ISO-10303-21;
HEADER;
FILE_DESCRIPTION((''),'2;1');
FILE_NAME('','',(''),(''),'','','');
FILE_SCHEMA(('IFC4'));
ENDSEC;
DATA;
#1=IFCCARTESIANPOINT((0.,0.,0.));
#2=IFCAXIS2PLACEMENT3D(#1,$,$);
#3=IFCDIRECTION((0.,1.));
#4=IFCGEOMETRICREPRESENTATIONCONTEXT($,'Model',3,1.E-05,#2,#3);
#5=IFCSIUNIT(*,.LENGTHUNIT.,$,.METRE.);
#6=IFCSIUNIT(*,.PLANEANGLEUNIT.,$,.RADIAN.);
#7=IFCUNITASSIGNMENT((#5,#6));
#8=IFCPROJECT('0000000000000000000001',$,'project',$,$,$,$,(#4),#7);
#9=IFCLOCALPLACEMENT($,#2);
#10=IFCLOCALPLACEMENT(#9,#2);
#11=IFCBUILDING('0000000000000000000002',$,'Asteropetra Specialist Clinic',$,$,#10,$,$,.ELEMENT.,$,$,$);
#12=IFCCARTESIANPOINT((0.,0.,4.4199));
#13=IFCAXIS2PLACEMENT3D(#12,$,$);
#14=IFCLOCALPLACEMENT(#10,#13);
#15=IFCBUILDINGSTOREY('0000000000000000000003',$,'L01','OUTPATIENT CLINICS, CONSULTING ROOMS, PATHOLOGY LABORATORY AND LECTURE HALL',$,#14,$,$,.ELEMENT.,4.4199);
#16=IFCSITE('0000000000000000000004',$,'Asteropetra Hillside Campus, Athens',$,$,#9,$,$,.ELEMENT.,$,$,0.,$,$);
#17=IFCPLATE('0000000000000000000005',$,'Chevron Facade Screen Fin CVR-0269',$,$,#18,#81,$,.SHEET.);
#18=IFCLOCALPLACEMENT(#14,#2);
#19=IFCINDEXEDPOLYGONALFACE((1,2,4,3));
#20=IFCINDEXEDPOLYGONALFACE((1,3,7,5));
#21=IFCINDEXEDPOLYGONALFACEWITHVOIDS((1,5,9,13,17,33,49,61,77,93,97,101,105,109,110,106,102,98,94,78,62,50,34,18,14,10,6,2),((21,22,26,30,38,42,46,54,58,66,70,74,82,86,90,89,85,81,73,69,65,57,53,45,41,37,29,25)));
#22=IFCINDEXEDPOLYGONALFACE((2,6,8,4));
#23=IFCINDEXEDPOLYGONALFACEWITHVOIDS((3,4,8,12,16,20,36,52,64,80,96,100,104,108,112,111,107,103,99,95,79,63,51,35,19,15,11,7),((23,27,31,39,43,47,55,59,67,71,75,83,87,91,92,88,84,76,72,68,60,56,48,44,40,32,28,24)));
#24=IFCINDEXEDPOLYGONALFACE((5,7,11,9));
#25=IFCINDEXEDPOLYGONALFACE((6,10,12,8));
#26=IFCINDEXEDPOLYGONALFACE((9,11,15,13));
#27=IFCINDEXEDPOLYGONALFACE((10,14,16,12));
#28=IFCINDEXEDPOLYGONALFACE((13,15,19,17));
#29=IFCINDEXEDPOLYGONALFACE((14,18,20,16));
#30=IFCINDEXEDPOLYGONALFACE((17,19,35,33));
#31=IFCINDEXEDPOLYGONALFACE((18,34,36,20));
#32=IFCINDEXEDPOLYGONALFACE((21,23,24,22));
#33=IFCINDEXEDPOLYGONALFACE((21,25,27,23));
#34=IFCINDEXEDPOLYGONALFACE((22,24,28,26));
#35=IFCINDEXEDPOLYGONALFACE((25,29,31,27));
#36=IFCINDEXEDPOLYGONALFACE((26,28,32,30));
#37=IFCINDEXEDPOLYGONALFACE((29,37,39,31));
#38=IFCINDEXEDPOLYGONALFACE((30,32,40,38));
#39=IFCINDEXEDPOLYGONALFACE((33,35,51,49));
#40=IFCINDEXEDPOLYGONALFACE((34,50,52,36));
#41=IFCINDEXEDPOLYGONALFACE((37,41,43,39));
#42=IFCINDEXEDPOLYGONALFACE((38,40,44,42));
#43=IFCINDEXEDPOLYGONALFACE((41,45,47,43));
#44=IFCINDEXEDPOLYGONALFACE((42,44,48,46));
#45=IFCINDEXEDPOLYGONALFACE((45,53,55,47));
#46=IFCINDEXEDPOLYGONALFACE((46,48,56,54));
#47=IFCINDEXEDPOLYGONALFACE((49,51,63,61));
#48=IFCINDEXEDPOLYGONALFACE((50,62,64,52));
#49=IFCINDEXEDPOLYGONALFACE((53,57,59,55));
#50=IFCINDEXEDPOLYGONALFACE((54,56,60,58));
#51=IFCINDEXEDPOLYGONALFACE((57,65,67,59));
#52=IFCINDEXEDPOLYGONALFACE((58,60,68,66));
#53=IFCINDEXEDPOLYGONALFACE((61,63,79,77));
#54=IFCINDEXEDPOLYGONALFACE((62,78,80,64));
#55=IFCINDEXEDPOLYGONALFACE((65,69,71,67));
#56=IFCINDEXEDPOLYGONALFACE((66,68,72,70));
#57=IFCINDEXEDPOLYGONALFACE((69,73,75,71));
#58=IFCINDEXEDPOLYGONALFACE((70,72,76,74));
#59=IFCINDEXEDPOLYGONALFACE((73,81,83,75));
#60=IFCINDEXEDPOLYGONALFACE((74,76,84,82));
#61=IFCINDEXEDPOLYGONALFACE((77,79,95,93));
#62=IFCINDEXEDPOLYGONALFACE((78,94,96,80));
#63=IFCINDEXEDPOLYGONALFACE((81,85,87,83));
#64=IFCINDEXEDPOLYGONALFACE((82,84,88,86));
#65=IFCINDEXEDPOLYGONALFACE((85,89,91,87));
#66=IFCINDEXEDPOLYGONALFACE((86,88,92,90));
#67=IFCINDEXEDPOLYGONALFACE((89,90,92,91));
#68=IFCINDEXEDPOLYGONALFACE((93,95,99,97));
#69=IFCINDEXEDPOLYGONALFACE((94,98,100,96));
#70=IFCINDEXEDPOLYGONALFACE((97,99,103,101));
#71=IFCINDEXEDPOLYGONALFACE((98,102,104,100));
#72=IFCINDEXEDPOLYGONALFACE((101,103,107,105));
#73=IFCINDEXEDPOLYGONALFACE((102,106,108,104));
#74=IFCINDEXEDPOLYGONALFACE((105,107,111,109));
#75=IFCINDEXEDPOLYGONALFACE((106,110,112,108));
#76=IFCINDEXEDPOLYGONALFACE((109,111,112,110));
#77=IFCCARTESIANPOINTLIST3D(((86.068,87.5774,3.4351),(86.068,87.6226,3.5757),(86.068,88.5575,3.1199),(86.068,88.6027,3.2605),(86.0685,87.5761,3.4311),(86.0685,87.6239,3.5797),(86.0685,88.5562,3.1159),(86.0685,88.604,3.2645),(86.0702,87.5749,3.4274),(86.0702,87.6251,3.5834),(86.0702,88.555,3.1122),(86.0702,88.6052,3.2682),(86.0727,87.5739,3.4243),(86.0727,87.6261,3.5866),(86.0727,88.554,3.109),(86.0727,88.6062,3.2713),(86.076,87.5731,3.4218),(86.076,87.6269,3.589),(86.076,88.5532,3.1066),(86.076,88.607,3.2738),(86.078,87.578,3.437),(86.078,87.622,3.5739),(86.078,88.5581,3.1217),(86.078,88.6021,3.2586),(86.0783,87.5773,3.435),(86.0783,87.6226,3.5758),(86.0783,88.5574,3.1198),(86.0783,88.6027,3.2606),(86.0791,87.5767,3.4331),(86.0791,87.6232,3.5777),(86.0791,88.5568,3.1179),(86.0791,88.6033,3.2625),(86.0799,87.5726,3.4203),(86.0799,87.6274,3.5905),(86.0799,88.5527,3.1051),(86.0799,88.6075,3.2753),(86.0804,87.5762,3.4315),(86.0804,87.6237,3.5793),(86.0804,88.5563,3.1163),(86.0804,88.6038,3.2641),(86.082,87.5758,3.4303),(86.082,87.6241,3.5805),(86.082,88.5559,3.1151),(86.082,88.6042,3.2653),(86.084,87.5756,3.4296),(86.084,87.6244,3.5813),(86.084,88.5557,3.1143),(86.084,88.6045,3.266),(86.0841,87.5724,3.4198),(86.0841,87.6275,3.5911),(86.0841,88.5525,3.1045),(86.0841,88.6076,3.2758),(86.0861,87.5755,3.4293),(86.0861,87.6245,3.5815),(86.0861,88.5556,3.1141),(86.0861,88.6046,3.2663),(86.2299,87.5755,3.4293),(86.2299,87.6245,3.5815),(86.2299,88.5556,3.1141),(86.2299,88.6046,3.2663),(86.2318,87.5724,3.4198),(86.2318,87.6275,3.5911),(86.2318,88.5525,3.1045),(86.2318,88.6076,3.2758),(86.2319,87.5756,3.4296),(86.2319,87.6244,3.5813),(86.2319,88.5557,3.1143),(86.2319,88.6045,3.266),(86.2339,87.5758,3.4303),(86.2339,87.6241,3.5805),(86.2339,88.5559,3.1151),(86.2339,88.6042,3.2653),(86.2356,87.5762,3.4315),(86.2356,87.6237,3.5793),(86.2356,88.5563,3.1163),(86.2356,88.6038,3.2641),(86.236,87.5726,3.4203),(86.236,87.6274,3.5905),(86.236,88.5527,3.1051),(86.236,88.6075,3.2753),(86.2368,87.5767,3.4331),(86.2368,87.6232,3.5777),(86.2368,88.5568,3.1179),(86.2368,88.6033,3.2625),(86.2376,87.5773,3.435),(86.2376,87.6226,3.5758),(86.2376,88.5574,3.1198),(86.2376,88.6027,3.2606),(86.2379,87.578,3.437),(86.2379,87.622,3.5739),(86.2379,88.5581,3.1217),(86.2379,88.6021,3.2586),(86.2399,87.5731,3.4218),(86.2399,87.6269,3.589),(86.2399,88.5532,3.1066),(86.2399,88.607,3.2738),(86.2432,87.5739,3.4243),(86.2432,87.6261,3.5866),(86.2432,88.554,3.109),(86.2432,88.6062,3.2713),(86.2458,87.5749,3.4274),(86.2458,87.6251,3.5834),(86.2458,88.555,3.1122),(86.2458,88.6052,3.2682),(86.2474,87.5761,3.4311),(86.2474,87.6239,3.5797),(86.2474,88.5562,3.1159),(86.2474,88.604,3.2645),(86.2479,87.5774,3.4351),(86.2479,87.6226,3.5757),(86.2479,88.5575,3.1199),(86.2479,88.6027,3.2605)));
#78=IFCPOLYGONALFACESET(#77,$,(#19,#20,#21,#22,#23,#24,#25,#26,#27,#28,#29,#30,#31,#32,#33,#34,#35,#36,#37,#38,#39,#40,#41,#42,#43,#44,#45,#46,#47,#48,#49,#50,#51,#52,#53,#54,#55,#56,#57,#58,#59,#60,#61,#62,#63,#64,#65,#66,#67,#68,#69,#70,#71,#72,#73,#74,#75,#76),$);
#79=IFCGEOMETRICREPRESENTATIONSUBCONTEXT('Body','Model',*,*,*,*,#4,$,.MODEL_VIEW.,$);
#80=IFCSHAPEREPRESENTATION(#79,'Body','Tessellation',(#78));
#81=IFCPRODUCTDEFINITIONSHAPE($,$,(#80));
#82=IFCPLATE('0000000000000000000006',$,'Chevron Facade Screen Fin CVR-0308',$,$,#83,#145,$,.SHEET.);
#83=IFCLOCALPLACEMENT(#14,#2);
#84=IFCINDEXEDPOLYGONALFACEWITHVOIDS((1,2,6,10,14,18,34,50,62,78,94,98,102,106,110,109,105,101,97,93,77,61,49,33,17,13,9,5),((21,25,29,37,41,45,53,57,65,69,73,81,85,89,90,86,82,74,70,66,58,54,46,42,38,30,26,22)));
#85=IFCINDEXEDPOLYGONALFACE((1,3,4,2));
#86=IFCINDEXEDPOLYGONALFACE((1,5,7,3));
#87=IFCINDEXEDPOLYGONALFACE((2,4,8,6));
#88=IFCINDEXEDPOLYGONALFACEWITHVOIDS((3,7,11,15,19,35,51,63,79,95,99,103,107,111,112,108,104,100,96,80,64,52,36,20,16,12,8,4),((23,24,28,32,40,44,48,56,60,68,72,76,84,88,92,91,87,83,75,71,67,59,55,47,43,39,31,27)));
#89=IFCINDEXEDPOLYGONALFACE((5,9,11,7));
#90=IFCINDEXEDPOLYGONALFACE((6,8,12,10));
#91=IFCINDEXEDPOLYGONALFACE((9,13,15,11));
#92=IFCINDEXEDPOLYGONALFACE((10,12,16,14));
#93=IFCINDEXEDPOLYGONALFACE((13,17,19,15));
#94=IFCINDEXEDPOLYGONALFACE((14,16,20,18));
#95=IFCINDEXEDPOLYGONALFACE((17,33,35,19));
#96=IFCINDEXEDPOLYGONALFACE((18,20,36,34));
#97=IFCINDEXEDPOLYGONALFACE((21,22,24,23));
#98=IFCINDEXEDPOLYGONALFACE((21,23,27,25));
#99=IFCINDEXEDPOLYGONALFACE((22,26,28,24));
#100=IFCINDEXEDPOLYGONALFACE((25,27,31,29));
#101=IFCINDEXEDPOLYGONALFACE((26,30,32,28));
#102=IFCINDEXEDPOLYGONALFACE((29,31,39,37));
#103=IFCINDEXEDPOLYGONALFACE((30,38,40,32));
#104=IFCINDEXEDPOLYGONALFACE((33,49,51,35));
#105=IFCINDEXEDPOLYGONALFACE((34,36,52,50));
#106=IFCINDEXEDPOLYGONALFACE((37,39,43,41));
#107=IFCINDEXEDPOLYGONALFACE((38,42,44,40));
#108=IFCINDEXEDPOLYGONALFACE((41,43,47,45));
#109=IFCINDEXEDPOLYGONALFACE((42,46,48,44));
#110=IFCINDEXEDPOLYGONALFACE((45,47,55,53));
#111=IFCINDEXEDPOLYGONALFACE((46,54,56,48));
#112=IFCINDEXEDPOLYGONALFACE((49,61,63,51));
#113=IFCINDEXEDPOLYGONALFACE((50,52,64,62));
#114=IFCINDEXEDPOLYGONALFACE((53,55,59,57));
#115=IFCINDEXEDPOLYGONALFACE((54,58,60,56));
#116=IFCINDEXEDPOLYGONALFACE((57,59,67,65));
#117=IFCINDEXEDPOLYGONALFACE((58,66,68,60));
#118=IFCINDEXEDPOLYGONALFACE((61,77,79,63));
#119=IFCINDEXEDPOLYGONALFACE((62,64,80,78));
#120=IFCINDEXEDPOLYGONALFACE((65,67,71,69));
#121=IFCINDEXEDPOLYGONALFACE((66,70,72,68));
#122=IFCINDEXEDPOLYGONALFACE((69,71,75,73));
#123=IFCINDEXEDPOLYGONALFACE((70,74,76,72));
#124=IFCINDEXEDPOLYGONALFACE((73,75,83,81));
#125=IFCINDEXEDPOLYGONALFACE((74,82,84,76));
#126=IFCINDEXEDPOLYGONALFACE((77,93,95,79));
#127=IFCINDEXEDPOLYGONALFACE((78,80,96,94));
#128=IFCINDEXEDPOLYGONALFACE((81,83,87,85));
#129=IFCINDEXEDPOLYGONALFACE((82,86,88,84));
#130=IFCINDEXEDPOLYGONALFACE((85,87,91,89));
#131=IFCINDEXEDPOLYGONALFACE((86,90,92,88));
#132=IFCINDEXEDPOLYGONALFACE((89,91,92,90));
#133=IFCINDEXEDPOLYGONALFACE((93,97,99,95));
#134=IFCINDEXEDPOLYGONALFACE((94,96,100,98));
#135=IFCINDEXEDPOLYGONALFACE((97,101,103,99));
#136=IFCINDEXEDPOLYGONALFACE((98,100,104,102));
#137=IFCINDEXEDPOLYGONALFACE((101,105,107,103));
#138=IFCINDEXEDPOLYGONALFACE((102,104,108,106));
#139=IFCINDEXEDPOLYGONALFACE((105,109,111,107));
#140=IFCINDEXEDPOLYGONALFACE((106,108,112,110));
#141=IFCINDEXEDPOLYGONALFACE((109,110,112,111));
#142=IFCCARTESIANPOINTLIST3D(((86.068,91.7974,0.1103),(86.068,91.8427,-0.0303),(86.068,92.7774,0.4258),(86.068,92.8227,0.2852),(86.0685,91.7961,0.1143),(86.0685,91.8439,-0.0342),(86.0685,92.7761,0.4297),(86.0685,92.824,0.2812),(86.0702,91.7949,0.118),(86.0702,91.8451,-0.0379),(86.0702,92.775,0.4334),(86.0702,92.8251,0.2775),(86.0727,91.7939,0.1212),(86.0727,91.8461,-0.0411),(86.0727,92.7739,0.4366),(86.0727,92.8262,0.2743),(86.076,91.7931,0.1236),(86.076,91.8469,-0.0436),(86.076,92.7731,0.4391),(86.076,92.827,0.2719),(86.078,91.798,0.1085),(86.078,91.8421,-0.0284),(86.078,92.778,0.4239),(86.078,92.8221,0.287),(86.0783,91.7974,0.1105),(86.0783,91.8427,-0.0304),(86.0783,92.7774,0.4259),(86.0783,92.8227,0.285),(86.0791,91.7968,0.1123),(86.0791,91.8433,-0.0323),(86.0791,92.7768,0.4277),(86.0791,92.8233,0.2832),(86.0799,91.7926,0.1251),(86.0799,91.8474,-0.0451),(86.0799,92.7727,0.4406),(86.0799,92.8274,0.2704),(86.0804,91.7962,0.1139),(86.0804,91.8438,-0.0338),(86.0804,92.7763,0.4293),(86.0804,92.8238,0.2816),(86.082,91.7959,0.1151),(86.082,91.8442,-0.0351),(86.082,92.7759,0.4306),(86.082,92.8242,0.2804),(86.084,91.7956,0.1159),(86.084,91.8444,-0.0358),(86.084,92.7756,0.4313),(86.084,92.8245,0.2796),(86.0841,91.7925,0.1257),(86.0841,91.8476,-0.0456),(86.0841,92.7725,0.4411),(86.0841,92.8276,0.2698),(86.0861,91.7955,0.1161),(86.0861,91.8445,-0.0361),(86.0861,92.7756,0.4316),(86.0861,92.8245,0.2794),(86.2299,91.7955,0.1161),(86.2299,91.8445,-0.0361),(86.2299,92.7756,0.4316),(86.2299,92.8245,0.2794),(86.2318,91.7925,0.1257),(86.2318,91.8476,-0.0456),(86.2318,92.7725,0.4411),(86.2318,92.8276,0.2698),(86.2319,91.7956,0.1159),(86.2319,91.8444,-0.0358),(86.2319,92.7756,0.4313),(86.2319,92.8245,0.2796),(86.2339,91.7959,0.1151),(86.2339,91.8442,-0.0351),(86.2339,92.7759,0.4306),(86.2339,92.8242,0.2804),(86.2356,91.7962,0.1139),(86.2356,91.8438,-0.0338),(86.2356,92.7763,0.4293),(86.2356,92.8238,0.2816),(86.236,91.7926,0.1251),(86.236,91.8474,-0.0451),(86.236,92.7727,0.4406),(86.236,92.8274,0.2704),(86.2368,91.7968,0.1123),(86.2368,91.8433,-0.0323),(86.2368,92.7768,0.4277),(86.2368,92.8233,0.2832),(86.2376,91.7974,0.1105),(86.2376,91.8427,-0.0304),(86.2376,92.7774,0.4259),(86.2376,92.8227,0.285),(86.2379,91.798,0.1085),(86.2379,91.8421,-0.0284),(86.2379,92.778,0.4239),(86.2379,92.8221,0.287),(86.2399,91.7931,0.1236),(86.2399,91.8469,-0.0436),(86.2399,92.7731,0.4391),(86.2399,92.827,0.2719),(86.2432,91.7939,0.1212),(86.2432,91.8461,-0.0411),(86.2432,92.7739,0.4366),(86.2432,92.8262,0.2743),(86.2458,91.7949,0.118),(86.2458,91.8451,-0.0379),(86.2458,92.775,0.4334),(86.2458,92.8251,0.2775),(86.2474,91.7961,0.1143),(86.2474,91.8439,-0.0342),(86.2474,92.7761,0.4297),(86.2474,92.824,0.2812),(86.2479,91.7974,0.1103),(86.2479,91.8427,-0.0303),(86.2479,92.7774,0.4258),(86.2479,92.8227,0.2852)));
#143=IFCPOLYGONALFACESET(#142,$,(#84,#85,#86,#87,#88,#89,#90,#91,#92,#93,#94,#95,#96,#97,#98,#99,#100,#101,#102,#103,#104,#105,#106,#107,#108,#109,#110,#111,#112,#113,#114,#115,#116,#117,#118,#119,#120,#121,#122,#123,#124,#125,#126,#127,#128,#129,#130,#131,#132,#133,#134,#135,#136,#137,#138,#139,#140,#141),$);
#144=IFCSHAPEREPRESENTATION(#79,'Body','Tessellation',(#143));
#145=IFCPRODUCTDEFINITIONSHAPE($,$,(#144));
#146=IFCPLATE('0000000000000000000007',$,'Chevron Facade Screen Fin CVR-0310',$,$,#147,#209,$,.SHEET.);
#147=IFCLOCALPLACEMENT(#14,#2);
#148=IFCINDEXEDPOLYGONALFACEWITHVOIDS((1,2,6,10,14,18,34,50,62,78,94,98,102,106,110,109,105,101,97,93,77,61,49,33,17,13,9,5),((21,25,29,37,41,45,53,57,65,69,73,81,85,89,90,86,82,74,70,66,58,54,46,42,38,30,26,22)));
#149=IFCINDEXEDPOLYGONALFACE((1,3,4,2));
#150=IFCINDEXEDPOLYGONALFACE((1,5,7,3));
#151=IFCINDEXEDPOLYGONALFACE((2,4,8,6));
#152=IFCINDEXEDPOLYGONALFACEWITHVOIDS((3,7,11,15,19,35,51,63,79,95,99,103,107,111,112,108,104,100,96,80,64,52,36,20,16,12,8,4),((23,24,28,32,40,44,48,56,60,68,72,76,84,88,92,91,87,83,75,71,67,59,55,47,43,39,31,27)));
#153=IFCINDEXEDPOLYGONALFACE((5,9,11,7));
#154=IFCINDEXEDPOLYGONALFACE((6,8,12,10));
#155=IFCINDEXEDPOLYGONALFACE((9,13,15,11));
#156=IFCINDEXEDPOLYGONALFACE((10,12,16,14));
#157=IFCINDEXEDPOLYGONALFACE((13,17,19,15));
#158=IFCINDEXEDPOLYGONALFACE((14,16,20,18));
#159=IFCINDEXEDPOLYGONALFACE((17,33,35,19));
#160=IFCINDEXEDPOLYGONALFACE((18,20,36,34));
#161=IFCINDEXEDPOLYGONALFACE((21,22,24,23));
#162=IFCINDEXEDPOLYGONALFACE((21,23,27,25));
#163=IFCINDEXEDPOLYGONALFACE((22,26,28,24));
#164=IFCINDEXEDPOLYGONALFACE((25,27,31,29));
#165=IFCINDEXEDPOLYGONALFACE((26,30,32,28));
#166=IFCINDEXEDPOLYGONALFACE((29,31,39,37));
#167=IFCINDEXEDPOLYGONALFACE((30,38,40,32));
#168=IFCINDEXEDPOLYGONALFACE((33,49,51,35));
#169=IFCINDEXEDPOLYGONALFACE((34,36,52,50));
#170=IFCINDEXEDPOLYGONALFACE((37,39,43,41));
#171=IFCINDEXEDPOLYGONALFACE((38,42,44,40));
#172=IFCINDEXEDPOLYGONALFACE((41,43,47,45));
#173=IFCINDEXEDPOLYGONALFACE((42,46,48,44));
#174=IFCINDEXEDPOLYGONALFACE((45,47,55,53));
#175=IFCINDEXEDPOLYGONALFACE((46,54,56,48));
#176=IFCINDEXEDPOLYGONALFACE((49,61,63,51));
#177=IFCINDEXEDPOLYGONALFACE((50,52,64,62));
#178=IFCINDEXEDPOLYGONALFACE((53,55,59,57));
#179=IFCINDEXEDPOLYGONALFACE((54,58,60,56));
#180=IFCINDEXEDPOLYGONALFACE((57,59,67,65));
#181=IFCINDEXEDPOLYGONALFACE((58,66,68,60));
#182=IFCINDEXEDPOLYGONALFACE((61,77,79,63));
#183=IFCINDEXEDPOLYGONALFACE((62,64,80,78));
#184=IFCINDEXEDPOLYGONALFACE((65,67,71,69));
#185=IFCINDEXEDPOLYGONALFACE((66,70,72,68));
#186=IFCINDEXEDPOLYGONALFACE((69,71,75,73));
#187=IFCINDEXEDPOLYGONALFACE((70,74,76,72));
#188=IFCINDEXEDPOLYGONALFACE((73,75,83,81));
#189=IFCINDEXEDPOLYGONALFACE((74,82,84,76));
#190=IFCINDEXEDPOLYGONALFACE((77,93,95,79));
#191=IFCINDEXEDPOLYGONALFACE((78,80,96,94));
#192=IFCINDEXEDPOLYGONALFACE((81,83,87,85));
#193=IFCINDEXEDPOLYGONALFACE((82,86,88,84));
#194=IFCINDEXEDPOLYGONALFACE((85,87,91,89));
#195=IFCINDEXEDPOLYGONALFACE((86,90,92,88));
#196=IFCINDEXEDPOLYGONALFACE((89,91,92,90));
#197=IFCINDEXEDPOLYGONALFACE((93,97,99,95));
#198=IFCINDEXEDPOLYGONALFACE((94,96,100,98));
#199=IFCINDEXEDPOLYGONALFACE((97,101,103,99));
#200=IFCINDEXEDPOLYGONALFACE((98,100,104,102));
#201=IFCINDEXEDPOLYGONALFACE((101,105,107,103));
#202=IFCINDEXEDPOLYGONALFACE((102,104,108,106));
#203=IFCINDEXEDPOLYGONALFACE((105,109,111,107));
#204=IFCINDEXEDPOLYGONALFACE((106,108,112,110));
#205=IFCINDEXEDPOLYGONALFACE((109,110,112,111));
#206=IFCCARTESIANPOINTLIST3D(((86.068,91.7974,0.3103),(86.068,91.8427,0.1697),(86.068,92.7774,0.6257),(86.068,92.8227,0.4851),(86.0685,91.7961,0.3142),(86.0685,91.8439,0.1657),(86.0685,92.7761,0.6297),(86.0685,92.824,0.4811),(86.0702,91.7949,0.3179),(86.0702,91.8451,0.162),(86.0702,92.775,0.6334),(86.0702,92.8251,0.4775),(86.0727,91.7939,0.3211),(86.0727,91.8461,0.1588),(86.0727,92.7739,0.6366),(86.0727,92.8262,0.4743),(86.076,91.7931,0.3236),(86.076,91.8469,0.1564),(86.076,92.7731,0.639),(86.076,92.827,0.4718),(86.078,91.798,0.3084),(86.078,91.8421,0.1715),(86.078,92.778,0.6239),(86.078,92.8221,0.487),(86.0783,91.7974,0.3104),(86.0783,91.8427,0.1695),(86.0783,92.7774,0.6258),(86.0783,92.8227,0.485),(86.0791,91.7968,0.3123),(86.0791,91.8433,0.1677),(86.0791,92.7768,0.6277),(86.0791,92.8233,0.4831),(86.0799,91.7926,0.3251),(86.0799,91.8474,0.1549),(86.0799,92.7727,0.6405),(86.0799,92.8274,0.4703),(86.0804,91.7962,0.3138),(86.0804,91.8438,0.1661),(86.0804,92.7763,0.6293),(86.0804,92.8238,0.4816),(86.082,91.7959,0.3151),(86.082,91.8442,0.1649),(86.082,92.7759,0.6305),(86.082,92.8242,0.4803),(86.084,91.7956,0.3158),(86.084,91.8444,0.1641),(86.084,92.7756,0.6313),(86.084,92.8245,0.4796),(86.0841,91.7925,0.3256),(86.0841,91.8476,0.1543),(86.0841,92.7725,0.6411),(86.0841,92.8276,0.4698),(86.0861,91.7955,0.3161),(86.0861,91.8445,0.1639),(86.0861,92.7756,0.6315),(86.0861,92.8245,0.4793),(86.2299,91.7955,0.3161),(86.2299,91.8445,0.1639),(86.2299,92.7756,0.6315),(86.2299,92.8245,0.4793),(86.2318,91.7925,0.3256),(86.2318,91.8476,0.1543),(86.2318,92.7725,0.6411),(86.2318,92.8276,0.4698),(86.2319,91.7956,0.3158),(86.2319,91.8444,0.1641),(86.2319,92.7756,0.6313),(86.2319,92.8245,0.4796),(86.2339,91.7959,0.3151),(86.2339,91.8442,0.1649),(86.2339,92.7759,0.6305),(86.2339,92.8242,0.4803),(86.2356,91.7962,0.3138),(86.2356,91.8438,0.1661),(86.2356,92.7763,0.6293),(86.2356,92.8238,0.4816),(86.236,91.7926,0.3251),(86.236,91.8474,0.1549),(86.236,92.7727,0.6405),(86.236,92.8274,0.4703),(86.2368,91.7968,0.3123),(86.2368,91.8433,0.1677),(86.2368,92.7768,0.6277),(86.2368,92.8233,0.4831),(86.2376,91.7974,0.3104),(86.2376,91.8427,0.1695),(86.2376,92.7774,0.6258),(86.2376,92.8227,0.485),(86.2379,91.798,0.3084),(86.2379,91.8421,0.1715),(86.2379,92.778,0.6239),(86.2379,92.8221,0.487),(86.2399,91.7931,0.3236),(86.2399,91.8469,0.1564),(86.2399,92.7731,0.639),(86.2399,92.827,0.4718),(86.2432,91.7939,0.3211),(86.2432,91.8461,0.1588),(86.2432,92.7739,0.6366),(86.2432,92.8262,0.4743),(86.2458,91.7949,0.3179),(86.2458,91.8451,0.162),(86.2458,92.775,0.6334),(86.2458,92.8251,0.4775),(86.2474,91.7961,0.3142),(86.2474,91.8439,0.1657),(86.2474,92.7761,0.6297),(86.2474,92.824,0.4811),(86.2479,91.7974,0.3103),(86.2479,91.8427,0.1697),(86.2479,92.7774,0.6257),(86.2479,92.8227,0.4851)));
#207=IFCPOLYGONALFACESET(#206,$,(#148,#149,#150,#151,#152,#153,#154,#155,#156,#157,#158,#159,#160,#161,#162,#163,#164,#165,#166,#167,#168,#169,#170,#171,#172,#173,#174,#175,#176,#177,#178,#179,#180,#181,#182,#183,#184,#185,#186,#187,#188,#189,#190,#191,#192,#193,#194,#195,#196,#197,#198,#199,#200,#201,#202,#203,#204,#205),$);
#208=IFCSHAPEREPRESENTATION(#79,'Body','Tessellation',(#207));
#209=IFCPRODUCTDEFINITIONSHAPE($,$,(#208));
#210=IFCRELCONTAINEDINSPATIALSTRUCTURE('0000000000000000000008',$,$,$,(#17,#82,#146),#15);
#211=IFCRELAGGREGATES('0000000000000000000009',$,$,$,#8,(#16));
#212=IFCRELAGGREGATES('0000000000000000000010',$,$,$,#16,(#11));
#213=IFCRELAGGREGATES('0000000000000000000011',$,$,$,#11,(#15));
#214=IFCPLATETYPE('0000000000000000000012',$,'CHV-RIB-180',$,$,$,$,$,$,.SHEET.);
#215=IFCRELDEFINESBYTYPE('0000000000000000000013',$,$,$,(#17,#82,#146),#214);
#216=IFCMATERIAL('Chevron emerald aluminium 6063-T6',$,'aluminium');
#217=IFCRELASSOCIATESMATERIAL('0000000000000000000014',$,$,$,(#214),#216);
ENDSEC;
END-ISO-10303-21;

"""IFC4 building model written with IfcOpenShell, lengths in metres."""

from ifc_helpers import new_model, si_unit, direction, frame, origin, origin_2d, place, context, subcontext, project, spatial, hollow_rectangle, extrude, material, material_profile, profile_set, type_object, element, save


model = new_model("IFC4")

# Units and contexts
model_context = context("Model", 3, precision=1e-05, world=origin(), true_north=direction((0.0, 1.0)))
body_context = subcontext(model_context, "Body", "Model", "MODEL_VIEW")
ifc_project = project(units=[si_unit("LENGTHUNIT", "METRE"), si_unit("PLANEANGLEUNIT", "RADIAN")], contexts=[model_context])

# Site, building, storey
site_placement = place(None, origin())
site = spatial("IfcSite", under=ifc_project, at=site_placement, Name="Asteropetra Hillside Campus, Athens", CompositionType="ELEMENT", RefElevation=0.0)
building_placement = place(site_placement, origin())
building = spatial("IfcBuilding", under=site, at=building_placement, Name="Asteropetra Specialist Clinic", CompositionType="ELEMENT")
storey_placement = place(building_placement, frame((0.0, 0.0, 4.4199)))
storey = spatial("IfcBuildingStorey", under=building, at=storey_placement, Name="L01", Description="OUTPATIENT CLINICS, CONSULTING ROOMS, PATHOLOGY LABORATORY AND LECTURE HALL", CompositionType="ELEMENT", Elevation=4.4199)

# Plates
ifc_material_1 = material(Name="Chevron emerald aluminium 6063-T6", Category="aluminium")
ifc_material_profile_1 = material_profile(ifc_material_1, hollow_rectangle(XDim=0.1799, YDim=0.1799, WallThickness=0.01, InnerFilletRadius=0.0081, OuterFilletRadius=0.0161, at=origin_2d()), Name="SHS 180x180x10.0")
ifc_profile_set_1 = profile_set([ifc_material_profile_1], Name="Chevron emerald aluminium 6063-T6")
plate_type = type_object("IfcPlateType", Name="CHV-RIB-180", PredefinedType="SHEET", material=ifc_profile_set_1)
for number, where, z_axis, x_axis, name in (
    (1, (86.158, 88.5801, 3.1902), (0.0, -0.951974, 0.306178), (1.0, 0.0, 0.0), "Chevron Facade Screen Fin CVR-0269"),
    (2, (86.158, 92.8, 0.3555), (0.0, -0.951905, -0.306393), (1.0, 0.0, 0.0), "Chevron Facade Screen Fin CVR-0308"),
    (3, (86.158, 92.8, 0.5554), (0.0, -0.951905, -0.306393), (1.0, 0.0, 0.0), "Chevron Facade Screen Fin CVR-0310"),
):
    element("IfcPlate", number, at=place(storey_placement, frame(where, z_axis=z_axis, x_axis=x_axis)), inside=storey, type_object=plate_type, Name=name, PredefinedType="SHEET", context=body_context, shape_type="SweptSolid", body=[
        extrude(hollow_rectangle(XDim=0.1799, YDim=0.1799, WallThickness=0.01, InnerFilletRadius=0.0081, OuterFilletRadius=0.0161, at=origin_2d()), origin(), (0.0, 0.0, 1.0), 1.0295),
    ])

save(model, "model.ifc")
